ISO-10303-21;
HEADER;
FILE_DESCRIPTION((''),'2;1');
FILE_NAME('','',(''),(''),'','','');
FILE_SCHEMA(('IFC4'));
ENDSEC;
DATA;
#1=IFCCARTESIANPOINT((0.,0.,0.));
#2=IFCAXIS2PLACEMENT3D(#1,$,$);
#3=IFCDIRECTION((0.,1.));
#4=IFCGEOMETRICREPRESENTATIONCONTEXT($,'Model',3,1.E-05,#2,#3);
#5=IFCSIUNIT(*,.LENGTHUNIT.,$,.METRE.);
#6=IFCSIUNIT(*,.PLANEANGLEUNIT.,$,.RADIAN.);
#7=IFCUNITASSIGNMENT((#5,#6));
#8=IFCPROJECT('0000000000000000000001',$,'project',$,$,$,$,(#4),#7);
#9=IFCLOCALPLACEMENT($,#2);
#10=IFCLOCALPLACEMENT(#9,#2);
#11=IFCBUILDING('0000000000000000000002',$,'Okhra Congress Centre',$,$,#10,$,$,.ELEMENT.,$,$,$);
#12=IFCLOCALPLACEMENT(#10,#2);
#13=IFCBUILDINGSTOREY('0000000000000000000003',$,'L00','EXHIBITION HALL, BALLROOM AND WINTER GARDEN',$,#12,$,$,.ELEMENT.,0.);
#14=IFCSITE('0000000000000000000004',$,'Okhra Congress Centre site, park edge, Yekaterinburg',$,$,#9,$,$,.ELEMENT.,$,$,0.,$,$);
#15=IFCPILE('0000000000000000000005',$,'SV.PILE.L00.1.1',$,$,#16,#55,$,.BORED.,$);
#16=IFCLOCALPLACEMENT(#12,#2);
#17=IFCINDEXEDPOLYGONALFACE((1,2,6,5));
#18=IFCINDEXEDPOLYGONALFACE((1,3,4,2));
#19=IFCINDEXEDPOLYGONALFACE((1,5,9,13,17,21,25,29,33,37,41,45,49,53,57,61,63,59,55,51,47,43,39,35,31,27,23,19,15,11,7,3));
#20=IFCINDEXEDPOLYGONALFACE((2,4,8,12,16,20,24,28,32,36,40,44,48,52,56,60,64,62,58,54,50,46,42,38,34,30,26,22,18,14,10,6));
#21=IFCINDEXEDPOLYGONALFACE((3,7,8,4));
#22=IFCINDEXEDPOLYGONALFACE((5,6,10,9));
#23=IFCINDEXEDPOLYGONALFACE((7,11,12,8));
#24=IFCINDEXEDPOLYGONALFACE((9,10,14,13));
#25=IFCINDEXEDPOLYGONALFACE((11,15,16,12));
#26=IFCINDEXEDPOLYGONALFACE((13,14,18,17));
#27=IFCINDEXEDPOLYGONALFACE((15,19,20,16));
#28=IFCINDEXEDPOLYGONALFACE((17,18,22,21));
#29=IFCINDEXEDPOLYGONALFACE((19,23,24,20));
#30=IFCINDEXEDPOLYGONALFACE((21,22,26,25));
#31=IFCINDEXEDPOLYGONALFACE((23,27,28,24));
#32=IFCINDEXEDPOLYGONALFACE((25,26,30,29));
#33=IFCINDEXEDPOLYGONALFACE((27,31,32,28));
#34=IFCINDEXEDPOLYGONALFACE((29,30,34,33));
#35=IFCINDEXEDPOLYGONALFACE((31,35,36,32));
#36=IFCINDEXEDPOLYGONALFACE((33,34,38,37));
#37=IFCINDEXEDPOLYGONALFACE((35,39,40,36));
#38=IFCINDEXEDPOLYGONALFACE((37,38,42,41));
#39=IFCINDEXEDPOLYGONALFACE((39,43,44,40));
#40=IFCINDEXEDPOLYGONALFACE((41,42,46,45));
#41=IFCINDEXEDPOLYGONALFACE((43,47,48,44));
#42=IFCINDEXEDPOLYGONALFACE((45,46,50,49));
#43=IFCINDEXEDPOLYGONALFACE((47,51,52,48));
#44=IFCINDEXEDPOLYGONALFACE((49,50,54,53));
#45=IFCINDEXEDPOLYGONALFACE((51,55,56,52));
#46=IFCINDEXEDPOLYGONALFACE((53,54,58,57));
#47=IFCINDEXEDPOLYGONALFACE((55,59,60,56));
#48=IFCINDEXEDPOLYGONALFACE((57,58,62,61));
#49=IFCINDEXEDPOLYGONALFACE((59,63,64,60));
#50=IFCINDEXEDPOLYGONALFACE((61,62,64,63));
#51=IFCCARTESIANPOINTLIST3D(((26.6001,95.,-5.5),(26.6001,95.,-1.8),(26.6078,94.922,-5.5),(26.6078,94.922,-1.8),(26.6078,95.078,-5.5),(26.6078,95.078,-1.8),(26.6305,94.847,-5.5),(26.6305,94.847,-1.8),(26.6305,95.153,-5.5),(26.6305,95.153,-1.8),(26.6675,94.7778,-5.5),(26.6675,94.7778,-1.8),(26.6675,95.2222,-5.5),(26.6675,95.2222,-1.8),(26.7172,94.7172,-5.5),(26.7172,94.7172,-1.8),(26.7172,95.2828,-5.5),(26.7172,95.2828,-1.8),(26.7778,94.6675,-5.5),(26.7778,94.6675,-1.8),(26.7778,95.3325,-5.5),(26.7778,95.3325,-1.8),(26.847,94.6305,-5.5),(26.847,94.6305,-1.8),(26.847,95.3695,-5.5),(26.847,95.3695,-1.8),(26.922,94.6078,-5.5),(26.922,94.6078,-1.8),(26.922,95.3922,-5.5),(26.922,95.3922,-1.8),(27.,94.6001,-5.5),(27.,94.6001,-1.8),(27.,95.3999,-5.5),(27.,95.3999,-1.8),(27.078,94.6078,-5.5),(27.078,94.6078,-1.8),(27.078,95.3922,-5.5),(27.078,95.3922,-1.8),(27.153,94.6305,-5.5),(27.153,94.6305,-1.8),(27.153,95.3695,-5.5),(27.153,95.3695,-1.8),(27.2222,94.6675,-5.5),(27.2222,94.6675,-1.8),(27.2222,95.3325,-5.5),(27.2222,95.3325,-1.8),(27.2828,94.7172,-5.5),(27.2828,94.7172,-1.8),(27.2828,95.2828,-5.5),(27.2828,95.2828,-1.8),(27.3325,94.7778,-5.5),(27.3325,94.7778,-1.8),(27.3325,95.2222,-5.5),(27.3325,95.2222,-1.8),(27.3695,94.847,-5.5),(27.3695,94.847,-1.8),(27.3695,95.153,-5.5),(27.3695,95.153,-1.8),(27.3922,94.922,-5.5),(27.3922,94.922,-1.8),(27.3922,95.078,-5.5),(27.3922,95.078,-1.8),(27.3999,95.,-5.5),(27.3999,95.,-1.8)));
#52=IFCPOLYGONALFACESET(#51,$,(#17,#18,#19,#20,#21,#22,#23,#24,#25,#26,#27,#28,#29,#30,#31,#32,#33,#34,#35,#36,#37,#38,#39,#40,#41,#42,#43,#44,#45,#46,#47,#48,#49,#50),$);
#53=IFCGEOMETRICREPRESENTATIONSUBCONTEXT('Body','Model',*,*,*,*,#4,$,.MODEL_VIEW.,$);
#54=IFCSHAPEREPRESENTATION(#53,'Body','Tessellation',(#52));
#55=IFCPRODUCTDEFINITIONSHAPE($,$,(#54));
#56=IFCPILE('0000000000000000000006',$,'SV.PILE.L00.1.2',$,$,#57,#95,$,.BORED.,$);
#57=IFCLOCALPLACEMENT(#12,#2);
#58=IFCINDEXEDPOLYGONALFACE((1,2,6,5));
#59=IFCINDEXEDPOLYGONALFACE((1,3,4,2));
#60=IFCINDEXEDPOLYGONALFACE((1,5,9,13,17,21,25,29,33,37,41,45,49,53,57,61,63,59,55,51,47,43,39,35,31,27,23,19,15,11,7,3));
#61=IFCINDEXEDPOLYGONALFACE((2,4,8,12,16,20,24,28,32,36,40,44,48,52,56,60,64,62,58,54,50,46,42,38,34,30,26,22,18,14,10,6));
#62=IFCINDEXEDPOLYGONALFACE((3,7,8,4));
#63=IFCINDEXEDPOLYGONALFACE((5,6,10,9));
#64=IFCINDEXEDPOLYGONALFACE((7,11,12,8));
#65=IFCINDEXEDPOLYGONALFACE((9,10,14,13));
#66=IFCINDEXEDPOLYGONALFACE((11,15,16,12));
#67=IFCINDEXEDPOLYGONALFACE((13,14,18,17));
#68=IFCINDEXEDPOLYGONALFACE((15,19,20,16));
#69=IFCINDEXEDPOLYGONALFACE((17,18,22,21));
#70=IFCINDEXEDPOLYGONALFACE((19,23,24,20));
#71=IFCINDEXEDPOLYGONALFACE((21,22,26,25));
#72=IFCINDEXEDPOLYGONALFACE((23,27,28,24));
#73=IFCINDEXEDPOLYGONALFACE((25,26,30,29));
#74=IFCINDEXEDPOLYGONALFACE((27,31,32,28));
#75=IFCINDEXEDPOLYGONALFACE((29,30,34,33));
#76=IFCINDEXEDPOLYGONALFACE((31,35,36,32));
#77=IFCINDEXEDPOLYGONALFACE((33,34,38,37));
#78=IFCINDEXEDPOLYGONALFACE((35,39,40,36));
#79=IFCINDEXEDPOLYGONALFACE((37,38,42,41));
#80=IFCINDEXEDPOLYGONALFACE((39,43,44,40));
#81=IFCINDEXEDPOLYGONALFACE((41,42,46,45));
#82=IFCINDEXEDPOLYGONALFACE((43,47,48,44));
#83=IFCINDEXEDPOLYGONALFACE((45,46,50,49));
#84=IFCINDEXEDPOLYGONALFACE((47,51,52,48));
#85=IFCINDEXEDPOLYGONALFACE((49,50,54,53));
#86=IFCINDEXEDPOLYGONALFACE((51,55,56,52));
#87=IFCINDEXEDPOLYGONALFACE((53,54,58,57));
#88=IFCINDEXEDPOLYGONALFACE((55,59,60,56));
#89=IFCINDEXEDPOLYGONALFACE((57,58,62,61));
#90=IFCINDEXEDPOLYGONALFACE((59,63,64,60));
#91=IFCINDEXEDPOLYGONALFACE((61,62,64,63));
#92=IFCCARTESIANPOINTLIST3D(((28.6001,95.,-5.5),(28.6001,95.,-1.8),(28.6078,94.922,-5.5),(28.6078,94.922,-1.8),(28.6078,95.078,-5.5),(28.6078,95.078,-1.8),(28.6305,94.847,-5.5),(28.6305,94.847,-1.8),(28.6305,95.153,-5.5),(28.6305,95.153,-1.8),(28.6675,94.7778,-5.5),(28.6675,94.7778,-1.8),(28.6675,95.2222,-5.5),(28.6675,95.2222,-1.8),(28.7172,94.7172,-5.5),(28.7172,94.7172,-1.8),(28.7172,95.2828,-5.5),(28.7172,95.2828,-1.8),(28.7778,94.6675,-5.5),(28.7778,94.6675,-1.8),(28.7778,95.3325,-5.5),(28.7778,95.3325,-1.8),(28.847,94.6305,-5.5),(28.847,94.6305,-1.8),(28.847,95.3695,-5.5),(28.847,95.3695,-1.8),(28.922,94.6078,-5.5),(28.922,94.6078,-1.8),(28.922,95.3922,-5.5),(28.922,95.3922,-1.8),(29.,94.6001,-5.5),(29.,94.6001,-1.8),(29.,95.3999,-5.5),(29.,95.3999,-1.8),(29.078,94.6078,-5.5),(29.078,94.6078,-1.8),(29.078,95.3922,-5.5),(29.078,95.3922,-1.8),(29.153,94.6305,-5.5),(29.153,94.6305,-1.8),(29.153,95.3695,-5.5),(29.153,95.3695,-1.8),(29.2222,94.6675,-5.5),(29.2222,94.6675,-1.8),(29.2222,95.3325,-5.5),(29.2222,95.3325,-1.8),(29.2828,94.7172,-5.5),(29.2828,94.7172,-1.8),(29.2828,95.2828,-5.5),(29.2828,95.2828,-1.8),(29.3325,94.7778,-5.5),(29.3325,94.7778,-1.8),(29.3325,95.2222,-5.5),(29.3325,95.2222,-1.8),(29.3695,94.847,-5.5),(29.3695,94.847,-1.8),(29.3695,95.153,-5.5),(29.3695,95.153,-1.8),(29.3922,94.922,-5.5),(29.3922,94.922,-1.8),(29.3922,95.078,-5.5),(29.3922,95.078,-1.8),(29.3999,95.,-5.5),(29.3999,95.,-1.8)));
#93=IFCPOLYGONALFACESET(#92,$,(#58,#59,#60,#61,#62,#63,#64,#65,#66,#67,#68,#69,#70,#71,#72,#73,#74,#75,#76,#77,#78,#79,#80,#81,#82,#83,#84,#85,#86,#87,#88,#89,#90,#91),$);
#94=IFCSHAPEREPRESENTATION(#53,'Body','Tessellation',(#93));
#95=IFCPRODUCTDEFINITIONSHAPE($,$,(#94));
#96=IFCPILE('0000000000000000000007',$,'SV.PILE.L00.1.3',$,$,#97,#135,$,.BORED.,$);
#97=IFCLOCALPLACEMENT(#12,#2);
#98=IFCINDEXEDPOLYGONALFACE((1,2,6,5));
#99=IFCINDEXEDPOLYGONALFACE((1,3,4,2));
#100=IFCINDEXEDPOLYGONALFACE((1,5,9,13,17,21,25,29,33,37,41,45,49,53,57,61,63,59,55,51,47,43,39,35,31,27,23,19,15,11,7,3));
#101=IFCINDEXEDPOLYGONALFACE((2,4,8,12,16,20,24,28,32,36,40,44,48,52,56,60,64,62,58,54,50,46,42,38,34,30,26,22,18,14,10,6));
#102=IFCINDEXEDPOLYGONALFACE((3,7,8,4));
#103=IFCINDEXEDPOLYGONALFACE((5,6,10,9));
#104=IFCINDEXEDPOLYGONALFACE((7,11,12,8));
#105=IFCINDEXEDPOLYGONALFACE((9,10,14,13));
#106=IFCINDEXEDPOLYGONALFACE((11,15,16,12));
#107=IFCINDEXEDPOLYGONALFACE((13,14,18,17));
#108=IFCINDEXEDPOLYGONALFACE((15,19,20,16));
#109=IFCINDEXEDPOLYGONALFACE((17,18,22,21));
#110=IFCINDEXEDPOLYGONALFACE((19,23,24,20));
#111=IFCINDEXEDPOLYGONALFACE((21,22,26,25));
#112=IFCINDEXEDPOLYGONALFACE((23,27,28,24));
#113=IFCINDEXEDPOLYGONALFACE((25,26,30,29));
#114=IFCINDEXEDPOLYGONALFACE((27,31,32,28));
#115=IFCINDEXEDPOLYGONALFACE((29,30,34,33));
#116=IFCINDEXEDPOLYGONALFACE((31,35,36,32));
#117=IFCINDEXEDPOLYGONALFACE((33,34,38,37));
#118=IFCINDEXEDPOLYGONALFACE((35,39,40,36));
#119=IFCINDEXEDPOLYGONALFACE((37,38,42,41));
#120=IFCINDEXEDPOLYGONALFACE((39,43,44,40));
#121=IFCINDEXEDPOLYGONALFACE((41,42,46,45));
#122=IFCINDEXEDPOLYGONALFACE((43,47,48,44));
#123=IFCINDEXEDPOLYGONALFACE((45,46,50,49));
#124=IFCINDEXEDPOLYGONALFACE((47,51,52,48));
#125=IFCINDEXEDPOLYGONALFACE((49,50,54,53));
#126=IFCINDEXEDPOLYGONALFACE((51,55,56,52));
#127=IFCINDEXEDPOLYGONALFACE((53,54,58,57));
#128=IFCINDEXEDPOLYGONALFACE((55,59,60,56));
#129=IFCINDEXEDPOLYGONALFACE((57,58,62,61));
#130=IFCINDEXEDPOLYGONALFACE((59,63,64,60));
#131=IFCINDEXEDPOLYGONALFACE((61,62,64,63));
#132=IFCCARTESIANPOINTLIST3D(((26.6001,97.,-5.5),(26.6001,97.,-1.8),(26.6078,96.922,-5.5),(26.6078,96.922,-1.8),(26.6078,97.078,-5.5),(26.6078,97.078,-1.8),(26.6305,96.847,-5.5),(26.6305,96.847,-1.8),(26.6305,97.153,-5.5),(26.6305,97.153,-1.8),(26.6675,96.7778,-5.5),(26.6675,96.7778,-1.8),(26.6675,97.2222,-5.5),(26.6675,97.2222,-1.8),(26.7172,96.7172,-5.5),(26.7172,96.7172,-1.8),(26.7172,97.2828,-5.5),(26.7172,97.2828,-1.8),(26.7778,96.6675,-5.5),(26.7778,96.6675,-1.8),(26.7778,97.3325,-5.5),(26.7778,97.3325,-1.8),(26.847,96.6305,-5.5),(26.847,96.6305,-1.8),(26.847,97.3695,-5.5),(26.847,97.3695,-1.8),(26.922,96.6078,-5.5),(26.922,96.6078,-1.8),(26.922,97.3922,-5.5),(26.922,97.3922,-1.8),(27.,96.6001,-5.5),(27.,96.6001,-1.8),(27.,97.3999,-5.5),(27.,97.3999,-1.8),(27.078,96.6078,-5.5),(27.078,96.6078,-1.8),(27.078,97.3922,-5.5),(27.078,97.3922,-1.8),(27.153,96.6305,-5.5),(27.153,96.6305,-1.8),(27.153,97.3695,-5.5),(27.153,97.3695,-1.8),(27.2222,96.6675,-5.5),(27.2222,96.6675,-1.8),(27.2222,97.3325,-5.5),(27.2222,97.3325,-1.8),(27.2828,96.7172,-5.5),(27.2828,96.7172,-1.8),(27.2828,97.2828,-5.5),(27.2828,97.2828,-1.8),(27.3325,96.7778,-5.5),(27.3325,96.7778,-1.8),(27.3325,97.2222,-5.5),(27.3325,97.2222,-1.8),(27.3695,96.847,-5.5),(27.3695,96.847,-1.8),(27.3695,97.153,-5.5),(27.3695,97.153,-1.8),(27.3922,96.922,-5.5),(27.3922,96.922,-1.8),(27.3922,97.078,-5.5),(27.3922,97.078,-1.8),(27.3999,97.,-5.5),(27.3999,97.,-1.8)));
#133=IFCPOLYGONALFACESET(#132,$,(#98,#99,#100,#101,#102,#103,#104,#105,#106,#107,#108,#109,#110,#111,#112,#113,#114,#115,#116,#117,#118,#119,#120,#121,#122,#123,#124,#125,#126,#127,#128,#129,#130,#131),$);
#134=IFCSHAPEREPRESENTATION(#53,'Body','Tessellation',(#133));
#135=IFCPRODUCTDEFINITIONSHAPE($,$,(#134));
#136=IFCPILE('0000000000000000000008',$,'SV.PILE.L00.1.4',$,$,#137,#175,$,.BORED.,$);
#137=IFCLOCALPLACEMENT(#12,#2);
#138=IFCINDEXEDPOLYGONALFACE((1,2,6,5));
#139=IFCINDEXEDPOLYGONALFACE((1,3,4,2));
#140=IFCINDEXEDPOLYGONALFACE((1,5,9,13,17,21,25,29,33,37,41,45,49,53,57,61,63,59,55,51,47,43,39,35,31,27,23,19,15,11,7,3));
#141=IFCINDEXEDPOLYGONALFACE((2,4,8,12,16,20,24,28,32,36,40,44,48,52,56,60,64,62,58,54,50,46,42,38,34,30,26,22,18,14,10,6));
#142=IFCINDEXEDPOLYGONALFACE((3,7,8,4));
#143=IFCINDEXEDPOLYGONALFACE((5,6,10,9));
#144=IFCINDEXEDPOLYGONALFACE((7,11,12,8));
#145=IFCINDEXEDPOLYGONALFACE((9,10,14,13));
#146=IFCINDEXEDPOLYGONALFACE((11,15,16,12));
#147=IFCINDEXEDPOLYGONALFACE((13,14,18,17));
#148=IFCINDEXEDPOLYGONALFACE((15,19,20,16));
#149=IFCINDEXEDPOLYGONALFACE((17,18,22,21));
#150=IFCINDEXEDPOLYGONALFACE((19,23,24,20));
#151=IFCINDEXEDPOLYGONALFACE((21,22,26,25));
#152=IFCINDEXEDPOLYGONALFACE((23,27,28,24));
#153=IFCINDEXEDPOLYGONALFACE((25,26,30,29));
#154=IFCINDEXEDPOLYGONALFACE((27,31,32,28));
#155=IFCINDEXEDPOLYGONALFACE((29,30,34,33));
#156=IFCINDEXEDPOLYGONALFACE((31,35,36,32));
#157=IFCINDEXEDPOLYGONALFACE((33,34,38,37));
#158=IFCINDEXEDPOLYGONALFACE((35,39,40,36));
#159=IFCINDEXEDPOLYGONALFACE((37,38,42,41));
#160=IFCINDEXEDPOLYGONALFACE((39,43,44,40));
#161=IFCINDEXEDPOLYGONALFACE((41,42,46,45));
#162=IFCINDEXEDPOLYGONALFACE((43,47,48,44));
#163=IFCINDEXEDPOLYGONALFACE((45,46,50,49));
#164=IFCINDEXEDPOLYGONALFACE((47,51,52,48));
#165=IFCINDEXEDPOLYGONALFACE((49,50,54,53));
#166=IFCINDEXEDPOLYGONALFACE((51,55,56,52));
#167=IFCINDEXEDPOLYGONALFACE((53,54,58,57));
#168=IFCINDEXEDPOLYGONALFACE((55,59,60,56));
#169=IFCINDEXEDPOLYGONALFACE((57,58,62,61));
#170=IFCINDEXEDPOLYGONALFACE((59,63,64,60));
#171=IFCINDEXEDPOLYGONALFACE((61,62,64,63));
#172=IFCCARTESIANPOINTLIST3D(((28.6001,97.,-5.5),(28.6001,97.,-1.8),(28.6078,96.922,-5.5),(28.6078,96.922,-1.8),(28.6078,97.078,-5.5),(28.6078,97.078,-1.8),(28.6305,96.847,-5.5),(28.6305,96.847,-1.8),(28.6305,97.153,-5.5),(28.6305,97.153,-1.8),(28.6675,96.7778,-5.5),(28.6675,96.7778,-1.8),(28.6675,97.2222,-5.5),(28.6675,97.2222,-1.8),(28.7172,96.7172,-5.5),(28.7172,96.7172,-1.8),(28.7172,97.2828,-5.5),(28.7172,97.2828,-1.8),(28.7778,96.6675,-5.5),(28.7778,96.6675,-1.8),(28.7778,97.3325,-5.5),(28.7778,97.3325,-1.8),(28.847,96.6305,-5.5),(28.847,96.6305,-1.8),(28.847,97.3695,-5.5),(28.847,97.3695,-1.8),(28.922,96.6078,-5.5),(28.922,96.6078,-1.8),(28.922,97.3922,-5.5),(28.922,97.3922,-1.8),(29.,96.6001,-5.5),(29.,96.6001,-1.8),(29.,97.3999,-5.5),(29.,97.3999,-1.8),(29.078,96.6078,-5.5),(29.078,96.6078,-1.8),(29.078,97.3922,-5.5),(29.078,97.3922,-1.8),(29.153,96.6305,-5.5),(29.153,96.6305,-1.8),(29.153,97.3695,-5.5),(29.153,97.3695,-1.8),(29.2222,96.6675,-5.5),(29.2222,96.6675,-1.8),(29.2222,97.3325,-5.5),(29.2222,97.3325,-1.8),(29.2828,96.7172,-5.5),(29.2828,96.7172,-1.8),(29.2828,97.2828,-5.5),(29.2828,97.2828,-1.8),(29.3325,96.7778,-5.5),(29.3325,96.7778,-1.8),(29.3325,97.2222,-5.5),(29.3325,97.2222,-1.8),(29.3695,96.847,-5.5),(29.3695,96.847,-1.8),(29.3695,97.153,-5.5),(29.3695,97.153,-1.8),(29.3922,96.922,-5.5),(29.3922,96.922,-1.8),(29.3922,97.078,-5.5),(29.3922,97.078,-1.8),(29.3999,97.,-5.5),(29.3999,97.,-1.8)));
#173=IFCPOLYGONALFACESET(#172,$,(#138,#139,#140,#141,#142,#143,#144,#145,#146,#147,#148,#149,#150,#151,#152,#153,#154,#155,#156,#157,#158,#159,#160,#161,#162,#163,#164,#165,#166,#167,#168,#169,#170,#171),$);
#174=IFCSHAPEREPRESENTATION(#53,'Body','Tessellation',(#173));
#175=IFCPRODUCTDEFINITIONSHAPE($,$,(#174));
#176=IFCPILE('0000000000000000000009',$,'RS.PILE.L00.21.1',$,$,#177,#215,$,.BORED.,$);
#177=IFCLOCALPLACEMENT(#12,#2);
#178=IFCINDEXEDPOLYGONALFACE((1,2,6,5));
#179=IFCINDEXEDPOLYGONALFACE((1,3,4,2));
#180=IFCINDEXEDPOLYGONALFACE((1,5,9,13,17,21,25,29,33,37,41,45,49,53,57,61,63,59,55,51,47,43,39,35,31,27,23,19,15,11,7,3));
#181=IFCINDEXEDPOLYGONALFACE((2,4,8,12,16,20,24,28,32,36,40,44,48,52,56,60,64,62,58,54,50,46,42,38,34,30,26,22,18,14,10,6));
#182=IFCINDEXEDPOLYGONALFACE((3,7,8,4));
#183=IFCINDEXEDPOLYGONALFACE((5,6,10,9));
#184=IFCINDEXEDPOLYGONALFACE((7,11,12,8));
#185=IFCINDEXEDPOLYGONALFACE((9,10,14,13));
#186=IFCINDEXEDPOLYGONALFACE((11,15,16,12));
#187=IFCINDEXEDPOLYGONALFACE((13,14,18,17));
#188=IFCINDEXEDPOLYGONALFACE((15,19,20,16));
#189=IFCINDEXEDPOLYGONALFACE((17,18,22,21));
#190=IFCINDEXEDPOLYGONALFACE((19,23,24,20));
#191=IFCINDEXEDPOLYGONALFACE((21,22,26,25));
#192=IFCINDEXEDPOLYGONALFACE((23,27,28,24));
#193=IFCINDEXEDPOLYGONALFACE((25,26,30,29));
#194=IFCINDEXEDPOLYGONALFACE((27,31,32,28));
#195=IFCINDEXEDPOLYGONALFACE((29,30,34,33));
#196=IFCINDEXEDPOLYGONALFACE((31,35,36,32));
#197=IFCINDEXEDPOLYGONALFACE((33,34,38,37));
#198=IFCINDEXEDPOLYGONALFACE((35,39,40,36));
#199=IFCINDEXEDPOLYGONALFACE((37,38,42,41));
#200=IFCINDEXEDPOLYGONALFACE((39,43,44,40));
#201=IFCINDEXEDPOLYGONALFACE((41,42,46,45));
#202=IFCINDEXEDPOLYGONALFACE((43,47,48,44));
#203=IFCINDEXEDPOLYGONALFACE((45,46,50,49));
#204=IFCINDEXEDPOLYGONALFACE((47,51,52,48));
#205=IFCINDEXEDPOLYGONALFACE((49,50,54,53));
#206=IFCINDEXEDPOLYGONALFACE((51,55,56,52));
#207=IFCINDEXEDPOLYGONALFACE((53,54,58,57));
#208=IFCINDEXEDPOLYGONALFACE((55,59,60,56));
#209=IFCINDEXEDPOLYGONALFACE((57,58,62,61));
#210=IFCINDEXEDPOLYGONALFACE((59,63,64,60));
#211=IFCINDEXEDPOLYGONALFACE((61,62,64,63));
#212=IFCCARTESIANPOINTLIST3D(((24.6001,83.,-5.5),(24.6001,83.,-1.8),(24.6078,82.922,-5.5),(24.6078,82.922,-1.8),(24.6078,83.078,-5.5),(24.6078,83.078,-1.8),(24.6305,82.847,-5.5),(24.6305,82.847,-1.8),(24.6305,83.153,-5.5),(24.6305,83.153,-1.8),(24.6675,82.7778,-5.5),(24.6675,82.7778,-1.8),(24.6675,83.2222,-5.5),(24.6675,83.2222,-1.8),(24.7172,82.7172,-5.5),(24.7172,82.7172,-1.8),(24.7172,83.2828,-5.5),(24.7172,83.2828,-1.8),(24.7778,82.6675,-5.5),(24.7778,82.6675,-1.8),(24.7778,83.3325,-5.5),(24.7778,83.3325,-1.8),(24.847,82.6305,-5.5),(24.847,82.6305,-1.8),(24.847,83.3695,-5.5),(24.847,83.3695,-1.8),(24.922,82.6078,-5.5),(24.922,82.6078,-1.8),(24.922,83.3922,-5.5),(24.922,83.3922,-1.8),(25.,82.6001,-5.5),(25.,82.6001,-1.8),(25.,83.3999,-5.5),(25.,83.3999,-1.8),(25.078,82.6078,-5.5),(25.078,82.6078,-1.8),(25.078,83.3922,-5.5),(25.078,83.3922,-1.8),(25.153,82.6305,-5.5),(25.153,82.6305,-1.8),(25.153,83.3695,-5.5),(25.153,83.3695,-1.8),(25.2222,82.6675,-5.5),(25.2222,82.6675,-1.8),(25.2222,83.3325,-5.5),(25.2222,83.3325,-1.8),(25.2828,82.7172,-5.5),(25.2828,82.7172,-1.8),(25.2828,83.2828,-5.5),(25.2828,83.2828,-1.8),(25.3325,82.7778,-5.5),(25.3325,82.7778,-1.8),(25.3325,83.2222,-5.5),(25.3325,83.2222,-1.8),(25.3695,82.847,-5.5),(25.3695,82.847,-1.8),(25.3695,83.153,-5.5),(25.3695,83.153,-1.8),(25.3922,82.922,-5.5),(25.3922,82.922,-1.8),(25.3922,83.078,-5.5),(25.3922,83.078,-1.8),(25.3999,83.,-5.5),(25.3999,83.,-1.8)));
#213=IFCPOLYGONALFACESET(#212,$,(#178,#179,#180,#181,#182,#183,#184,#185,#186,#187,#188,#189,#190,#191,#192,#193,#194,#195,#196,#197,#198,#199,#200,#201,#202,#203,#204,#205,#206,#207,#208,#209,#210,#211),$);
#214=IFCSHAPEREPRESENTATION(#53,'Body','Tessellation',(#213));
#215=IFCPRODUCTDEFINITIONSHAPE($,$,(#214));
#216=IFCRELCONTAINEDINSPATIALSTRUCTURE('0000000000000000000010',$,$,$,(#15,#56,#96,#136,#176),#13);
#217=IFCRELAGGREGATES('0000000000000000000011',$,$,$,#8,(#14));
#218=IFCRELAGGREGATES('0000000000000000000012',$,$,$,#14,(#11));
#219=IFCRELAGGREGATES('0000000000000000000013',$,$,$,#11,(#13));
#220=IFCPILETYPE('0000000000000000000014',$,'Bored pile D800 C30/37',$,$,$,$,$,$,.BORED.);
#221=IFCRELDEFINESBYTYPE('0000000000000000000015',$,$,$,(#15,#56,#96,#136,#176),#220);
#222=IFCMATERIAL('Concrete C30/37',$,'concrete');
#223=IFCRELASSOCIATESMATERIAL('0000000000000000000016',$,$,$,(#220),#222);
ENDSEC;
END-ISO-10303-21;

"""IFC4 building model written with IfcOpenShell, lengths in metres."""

from ifc_helpers import new_model, si_unit, direction, frame, origin, origin_2d, place, context, subcontext, project, spatial, circle, extrude, material, material_profile, profile_set, type_object, element, save


model = new_model("IFC4")

# Units and contexts
model_context = context("Model", 3, precision=1e-05, world=origin(), true_north=direction((0.0, 1.0)))
body_context = subcontext(model_context, "Body", "Model", "MODEL_VIEW")
ifc_project = project(units=[si_unit("LENGTHUNIT", "METRE"), si_unit("PLANEANGLEUNIT", "RADIAN")], contexts=[model_context])

# Site, building, storey
site_placement = place(None, origin())
site = spatial("IfcSite", under=ifc_project, at=site_placement, Name="Okhra Congress Centre site, park edge, Yekaterinburg", CompositionType="ELEMENT", RefElevation=0.0)
building_placement = place(site_placement, origin())
building = spatial("IfcBuilding", under=site, at=building_placement, Name="Okhra Congress Centre", CompositionType="ELEMENT")
storey_placement = place(building_placement, origin())
storey = spatial("IfcBuildingStorey", under=building, at=storey_placement, Name="L00", Description="EXHIBITION HALL, BALLROOM AND WINTER GARDEN", CompositionType="ELEMENT", Elevation=0.0)

# Piles
ifc_material_1 = material(Name="Concrete C30/37", Category="concrete")
ifc_material_profile_1 = material_profile(ifc_material_1, circle(Radius=0.3999, at=origin_2d()), Name="D800")
ifc_profile_set_1 = profile_set([ifc_material_profile_1], Name="Concrete C30/37")
pile_type = type_object("IfcPileType", Name="Bored pile D800 C30/37", PredefinedType="BORED", material=ifc_profile_set_1)
for number, where, z_axis, x_axis, name in (
    (1, (27.0, 95.0, -1.8), (0.0, 0.0, -1.0), (1.0, 0.0, 0.0), "SV.PILE.L00.1.1"),
    (2, (29.0, 95.0, -1.8), (0.0, 0.0, -1.0), (1.0, 0.0, 0.0), "SV.PILE.L00.1.2"),
    (3, (27.0, 97.0, -1.8), (0.0, 0.0, -1.0), (1.0, 0.0, 0.0), "SV.PILE.L00.1.3"),
    (4, (29.0, 97.0, -1.8), (0.0, 0.0, -1.0), (1.0, 0.0, 0.0), "SV.PILE.L00.1.4"),
    (5, (25.0, 83.0, -1.8), (0.0, 0.0, -1.0), (1.0, 0.0, 0.0), "RS.PILE.L00.21.1"),
):
    element("IfcPile", number, at=place(storey_placement, frame(where, z_axis=z_axis, x_axis=x_axis)), inside=storey, type_object=pile_type, Name=name, PredefinedType="BORED", context=body_context, shape_type="SweptSolid", body=[
        extrude(circle(Radius=0.3999, at=origin_2d()), origin(), (0.0, 0.0, 1.0), 3.7),
    ])

save(model, "model.ifc")
